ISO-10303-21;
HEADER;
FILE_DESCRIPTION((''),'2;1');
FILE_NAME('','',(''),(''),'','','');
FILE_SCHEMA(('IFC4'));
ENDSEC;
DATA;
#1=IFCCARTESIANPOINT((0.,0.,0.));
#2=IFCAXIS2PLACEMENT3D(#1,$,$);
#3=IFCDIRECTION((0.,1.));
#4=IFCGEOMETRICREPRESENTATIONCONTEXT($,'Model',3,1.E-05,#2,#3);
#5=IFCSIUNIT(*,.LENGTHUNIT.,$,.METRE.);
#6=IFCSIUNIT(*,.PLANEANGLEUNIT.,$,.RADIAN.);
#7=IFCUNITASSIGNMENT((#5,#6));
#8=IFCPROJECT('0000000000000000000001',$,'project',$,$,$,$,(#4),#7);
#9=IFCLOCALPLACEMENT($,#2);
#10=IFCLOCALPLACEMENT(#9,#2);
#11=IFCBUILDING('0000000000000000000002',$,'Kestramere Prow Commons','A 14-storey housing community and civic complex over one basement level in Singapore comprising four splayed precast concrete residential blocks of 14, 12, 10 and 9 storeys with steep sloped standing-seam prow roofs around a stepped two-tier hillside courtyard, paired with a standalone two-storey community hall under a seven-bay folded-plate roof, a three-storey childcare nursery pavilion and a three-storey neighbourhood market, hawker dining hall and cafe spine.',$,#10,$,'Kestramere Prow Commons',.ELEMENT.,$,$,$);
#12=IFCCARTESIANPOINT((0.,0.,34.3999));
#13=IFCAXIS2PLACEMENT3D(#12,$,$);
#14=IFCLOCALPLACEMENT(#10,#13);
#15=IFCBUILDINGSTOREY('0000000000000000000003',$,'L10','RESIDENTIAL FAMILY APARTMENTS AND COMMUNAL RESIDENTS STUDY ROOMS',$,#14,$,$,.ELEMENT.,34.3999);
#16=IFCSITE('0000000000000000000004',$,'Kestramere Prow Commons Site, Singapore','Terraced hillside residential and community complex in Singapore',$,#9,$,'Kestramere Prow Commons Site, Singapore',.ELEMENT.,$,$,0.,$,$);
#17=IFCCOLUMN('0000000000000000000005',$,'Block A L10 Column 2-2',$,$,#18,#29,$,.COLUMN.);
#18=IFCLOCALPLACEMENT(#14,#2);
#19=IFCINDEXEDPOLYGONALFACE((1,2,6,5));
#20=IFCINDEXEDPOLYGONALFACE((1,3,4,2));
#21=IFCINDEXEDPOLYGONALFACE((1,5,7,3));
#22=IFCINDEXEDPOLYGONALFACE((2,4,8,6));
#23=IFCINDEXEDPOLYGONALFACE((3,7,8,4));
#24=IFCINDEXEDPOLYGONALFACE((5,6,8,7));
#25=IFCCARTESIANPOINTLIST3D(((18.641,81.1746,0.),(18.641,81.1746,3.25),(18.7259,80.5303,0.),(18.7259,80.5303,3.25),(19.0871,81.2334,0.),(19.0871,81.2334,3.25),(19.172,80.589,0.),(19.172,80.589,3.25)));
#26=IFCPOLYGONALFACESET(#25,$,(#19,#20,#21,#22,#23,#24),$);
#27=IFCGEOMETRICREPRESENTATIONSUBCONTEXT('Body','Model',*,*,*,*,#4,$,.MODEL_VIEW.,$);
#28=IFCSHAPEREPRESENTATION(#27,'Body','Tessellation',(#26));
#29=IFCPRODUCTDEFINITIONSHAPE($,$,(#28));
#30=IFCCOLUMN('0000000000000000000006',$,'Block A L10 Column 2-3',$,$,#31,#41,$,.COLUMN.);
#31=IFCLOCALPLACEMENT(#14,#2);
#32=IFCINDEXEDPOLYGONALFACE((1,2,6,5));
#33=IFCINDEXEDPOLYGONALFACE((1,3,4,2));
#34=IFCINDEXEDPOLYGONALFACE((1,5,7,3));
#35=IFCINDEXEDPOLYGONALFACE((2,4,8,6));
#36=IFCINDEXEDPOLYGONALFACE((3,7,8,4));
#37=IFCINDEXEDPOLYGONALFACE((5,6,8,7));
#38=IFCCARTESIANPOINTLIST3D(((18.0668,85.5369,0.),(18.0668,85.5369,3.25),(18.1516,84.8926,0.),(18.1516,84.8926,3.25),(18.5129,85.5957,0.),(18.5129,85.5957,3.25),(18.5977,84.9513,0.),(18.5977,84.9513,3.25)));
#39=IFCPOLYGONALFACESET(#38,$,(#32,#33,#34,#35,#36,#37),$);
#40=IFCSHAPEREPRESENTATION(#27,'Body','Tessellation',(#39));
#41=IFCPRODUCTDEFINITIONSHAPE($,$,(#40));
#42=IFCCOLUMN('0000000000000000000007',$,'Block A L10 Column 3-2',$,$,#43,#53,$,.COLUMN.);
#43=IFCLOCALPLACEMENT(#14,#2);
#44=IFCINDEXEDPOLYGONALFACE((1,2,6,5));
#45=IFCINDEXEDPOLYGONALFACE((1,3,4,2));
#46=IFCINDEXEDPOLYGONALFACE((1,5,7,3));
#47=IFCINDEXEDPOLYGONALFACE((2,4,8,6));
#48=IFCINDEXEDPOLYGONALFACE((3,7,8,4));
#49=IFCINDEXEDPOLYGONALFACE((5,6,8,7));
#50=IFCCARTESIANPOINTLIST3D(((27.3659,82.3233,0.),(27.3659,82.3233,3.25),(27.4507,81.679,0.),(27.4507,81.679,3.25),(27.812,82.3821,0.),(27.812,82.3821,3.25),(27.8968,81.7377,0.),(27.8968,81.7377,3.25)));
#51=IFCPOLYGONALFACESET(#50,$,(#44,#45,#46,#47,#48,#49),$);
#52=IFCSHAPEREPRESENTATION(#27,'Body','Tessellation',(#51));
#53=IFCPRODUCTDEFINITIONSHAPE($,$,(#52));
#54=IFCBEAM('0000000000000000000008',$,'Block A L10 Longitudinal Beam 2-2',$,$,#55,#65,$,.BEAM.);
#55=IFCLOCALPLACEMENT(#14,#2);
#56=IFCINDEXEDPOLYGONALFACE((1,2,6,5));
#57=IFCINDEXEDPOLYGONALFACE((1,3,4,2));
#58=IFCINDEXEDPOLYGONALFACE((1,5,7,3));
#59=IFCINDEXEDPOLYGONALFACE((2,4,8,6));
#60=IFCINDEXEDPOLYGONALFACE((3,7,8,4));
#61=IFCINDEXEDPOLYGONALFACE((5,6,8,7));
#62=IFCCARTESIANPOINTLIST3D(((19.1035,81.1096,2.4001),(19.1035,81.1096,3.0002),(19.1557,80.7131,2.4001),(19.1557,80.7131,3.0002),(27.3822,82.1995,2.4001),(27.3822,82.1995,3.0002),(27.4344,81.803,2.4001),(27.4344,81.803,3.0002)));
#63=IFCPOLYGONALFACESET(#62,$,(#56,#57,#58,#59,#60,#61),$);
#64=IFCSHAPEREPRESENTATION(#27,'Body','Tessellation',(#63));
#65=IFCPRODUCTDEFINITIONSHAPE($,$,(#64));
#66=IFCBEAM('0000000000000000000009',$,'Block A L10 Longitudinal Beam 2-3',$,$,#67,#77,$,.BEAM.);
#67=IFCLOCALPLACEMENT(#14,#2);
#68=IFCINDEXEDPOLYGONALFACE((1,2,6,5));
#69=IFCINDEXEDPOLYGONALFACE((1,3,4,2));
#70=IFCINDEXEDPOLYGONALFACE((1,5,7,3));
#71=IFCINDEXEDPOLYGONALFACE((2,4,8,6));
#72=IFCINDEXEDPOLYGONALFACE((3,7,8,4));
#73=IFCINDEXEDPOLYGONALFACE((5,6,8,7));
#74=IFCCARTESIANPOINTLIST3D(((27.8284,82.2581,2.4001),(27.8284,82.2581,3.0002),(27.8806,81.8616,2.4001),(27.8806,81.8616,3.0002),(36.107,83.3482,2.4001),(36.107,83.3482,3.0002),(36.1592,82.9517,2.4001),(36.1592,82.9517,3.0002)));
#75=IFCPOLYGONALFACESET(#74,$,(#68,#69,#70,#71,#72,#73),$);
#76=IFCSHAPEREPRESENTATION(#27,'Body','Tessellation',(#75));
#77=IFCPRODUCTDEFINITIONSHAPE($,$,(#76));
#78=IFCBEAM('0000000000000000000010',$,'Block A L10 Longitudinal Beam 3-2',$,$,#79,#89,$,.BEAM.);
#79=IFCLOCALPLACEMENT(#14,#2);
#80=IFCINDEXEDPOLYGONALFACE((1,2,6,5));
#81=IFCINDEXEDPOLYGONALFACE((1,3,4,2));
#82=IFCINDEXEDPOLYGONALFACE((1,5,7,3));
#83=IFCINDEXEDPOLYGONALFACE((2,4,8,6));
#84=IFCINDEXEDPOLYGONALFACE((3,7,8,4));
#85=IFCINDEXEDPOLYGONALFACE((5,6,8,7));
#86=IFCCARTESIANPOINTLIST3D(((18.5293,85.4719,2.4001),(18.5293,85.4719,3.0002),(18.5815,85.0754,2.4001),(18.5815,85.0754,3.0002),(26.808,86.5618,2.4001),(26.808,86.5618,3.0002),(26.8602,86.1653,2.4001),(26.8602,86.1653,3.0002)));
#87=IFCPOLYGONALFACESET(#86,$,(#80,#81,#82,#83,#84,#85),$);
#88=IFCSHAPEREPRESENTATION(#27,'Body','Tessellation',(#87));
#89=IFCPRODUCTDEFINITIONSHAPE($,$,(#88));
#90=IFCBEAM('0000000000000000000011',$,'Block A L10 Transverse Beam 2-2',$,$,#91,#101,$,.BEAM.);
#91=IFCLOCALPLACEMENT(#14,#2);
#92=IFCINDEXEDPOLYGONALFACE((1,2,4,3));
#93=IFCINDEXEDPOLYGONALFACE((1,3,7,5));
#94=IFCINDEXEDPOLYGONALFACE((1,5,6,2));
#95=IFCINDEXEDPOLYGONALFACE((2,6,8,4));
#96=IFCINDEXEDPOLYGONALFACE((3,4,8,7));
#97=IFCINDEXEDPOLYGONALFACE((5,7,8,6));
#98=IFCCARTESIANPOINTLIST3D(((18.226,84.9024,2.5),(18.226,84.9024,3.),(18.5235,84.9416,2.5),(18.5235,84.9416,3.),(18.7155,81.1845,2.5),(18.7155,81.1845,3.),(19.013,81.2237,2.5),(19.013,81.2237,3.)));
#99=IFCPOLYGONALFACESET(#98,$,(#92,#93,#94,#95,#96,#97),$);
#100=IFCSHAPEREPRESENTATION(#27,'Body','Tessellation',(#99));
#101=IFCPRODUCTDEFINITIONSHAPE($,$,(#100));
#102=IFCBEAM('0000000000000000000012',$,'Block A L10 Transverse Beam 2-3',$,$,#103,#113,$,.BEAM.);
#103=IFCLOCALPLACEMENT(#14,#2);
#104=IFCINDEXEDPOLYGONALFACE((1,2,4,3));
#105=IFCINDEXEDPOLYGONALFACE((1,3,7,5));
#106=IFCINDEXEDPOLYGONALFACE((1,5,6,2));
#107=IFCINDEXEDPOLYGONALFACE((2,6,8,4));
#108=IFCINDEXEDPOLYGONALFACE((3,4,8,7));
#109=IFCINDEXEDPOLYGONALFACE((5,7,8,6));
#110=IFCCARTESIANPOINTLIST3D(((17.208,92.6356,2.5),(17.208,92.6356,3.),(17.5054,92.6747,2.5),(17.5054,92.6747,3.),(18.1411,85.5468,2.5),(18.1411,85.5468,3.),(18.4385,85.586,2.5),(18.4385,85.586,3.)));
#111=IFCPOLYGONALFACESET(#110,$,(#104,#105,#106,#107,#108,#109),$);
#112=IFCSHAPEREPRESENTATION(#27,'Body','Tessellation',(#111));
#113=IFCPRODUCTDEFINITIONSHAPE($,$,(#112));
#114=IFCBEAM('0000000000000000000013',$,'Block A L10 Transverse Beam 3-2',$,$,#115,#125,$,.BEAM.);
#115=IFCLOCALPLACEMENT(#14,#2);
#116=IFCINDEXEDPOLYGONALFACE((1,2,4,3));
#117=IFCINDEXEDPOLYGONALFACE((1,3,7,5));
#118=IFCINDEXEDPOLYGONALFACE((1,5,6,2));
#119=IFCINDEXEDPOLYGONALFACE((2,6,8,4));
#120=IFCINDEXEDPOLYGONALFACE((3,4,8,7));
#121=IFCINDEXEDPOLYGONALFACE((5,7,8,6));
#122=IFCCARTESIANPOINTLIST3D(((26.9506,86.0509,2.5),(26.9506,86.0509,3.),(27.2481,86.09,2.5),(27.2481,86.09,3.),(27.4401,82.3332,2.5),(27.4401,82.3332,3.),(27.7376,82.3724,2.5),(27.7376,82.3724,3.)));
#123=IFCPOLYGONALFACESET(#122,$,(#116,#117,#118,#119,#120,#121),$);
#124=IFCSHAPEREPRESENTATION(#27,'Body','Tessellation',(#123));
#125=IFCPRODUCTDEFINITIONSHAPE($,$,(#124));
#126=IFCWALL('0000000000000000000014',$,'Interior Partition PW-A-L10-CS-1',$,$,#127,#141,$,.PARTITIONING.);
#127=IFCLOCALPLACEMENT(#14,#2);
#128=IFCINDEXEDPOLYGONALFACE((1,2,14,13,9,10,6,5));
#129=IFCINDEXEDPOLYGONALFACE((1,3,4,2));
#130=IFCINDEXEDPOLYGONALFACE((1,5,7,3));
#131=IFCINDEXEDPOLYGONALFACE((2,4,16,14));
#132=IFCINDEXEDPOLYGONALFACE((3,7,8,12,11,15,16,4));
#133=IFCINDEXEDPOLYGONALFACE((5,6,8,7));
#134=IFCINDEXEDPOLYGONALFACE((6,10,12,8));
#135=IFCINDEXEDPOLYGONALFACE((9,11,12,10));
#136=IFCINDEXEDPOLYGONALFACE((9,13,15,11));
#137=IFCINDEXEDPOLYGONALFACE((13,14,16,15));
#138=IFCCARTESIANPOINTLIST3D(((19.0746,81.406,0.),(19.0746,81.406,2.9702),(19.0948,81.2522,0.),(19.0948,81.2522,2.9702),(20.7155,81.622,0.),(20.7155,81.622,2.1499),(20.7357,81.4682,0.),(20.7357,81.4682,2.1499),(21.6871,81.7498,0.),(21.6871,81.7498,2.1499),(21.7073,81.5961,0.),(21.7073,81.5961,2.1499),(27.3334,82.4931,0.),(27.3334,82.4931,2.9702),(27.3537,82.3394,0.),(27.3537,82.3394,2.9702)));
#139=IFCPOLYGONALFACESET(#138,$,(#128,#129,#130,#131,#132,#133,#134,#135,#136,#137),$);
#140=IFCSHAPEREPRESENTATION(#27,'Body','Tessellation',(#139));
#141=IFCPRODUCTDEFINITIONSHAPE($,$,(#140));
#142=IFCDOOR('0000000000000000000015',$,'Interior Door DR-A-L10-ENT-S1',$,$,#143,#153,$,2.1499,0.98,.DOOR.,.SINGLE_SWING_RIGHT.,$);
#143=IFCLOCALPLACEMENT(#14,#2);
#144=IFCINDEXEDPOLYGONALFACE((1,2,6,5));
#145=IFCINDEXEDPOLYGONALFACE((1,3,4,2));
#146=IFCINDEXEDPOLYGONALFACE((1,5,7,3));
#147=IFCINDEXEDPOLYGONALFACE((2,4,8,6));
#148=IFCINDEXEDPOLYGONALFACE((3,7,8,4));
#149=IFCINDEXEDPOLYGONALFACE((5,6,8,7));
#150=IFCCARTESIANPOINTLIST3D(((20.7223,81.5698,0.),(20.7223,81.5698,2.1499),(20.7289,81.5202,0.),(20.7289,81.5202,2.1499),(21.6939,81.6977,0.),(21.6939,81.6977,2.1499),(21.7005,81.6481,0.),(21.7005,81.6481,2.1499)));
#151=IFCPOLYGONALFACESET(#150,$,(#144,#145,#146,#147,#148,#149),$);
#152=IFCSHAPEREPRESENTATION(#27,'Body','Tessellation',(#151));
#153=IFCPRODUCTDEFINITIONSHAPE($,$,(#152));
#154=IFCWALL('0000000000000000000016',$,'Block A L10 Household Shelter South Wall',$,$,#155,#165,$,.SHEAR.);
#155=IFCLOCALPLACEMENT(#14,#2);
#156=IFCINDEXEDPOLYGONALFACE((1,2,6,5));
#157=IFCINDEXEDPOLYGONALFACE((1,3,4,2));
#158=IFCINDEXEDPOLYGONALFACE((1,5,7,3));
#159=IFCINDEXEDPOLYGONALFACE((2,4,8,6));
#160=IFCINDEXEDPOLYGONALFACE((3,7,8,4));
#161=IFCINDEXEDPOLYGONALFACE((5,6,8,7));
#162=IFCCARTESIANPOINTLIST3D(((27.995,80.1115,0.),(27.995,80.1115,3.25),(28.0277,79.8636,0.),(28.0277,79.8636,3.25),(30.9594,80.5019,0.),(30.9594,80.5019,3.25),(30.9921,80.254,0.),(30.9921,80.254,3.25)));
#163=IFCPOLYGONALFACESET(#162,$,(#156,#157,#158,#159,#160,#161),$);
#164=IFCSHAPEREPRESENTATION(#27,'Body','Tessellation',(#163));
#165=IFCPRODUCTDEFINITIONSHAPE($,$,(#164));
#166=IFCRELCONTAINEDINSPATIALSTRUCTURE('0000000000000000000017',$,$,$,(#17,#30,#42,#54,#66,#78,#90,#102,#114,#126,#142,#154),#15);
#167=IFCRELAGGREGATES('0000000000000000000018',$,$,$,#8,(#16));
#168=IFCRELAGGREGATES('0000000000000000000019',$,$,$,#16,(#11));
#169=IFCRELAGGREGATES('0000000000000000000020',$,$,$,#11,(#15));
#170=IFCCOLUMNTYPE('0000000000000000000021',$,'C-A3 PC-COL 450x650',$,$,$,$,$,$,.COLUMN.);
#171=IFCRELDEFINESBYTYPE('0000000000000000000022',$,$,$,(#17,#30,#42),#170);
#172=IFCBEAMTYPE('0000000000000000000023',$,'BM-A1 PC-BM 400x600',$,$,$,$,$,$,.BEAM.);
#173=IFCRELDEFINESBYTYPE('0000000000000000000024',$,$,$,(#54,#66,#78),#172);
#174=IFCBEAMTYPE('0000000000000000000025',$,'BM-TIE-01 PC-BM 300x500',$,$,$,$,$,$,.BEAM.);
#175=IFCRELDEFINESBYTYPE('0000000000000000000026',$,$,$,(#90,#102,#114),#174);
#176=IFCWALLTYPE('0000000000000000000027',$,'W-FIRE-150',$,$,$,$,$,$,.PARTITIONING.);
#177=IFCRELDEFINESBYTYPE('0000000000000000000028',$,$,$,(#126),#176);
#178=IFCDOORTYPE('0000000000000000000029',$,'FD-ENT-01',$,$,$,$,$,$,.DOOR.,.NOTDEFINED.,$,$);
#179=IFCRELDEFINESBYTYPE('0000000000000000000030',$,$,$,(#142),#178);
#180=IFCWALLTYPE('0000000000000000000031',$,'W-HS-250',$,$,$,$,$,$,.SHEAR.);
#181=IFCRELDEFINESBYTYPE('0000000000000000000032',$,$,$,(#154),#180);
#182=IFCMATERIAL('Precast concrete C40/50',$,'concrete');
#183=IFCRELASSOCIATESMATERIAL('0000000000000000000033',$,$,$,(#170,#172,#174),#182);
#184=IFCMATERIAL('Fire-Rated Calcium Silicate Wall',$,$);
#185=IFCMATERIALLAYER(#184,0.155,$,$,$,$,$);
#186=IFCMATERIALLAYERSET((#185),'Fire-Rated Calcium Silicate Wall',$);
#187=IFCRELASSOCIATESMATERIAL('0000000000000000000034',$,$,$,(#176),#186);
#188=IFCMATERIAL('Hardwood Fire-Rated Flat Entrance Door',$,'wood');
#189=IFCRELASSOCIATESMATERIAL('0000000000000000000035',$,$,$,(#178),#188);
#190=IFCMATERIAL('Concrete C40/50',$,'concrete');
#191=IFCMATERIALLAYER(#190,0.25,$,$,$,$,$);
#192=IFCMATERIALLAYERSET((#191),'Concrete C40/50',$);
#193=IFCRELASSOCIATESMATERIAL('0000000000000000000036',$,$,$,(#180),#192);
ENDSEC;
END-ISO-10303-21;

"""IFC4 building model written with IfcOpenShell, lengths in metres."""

from ifc_helpers import new_model, si_unit, direction, frame, frame_2d, origin, origin_2d, place, context, subcontext, project, spatial, rectangle, extrude, material, layer, layer_set, material_profile, profile_set, type_object, element, fill, save


model = new_model("IFC4")

# Units and contexts
model_context = context("Model", 3, precision=1e-05, world=origin(), true_north=direction((0.0, 1.0)))
body_context = subcontext(model_context, "Body", "Model", "MODEL_VIEW")
ifc_project = project(units=[si_unit("LENGTHUNIT", "METRE"), si_unit("PLANEANGLEUNIT", "RADIAN")], contexts=[model_context])

# Site, building, storey
site_placement = place(None, origin())
site = spatial("IfcSite", under=ifc_project, at=site_placement, Name="Kestramere Prow Commons Site, Singapore", Description="Terraced hillside residential and community complex in Singapore", LongName="Kestramere Prow Commons Site, Singapore", CompositionType="ELEMENT", RefElevation=0.0)
building_placement = place(site_placement, origin())
building = spatial("IfcBuilding", under=site, at=building_placement, Name="Kestramere Prow Commons", Description="A 14-storey housing community and civic complex over one basement level in Singapore comprising four splayed precast concrete residential blocks of 14, 12, 10 and 9 storeys with steep sloped standing-seam prow roofs around a stepped two-tier hillside courtyard, paired with a standalone two-storey community hall under a seven-bay folded-plate roof, a three-storey childcare nursery pavilion and a three-storey neighbourhood market, hawker dining hall and cafe spine.", LongName="Kestramere Prow Commons", CompositionType="ELEMENT")
storey_placement = place(building_placement, frame((0.0, 0.0, 34.3999)))
storey = spatial("IfcBuildingStorey", under=building, at=storey_placement, Name="L10", Description="RESIDENTIAL FAMILY APARTMENTS AND COMMUNAL RESIDENTS STUDY ROOMS", CompositionType="ELEMENT", Elevation=34.3999)

# Columns
ifc_material_1 = material(Name="Precast concrete C40/50", Category="concrete")
ifc_material_profile_1 = material_profile(ifc_material_1, rectangle(XDim=0.45, YDim=0.6499, at=origin_2d()), Name="PC-COL 450x650")
ifc_profile_set_1 = profile_set([ifc_material_profile_1], Name="Precast concrete C40/50")
column_type = type_object("IfcColumnType", Name="C-A3 PC-COL 450x650", PredefinedType="COLUMN", material=ifc_profile_set_1)
for number, where, z_axis, x_axis, name in (
    (1, (18.9065, 80.8818, 0.0), (0.0, 0.0, 1.0), (0.991445, 0.130526, 0.0), "Block A L10 Column 2-2"),
    (2, (18.3323, 85.2441, 0.0), (0.0, 0.0, 1.0), (0.991445, 0.130526, 0.0), "Block A L10 Column 2-3"),
    (3, (27.6313, 82.0305, 0.0), (0.0, 0.0, 1.0), (0.991445, 0.130526, 0.0), "Block A L10 Column 3-2"),
):
    element("IfcColumn", number, at=place(storey_placement, frame(where, z_axis=z_axis, x_axis=x_axis)), inside=storey, type_object=column_type, Name=name, PredefinedType="COLUMN", context=body_context, shape_type="SweptSolid", body=[
        extrude(rectangle(XDim=0.45, YDim=0.6499, at=origin_2d()), origin(), (0.0, 0.0, 1.0), 3.25),
    ])

# Beams
ifc_material_profile_2 = material_profile(ifc_material_1, rectangle(XDim=0.3999, YDim=0.6001, at=origin_2d()), Name="PC-BM 400x600")
ifc_profile_set_2 = profile_set([ifc_material_profile_2], Name="Precast concrete C40/50")
beam_type_1 = type_object("IfcBeamType", Name="BM-A1 PC-BM 400x600", PredefinedType="BEAM", material=ifc_profile_set_2)
for number, where, z_axis, x_axis, name in (
    (4, (19.1296, 80.9114, 2.7002), (0.991446, 0.13052, 0.0), (-0.13052, 0.991446, 0.0), "Block A L10 Longitudinal Beam 2-2"),
    (5, (27.8545, 82.0598, 2.7002), (0.991442, 0.130549, 0.0), (-0.130549, 0.991442, 0.0), "Block A L10 Longitudinal Beam 2-3"),
    (6, (18.5554, 85.2737, 2.7002), (0.991446, 0.13052, 0.0), (-0.13052, 0.991446, 0.0), "Block A L10 Longitudinal Beam 3-2"),
):
    element("IfcBeam", number, at=place(storey_placement, frame(where, z_axis=z_axis, x_axis=x_axis)), inside=storey, type_object=beam_type_1, Name=name, PredefinedType="BEAM", context=body_context, shape_type="SweptSolid", body=[
        extrude(rectangle(XDim=0.3999, YDim=0.6001, at=origin_2d()), origin(), (0.0, 0.0, 1.0), 8.3501),
    ])
ifc_material_profile_3 = material_profile(ifc_material_1, rectangle(XDim=0.3, YDim=0.5, at=origin_2d()), Name="PC-BM 300x500")
ifc_profile_set_3 = profile_set([ifc_material_profile_3], Name="Precast concrete C40/50")
beam_type_2 = type_object("IfcBeamType", Name="BM-TIE-01 PC-BM 300x500", PredefinedType="BEAM", material=ifc_profile_set_3)
beam_1_placement = place(storey_placement, frame((18.8643, 81.2041, 2.75), z_axis=(-0.13053, 0.991444, 0.0), x_axis=(-0.991444, -0.13053, 0.0)))
element("IfcBeam", 7, at=beam_1_placement, inside=storey, type_object=beam_type_2, Name="Block A L10 Transverse Beam 2-2", PredefinedType="BEAM", context=body_context, shape_type="SweptSolid", body=[
    extrude(rectangle(XDim=0.3, YDim=0.5, at=origin_2d()), origin(), (0.0, 0.0, 1.0), 3.75),
])
beam_2_placement = place(storey_placement, frame((18.2898, 85.5664, 2.75), z_axis=(-0.130504, 0.991448, 0.0), x_axis=(-0.991448, -0.130504, 0.0)))
element("IfcBeam", 8, at=beam_2_placement, inside=storey, type_object=beam_type_2, Name="Block A L10 Transverse Beam 2-3", PredefinedType="BEAM", context=body_context, shape_type="SweptSolid", body=[
    extrude(rectangle(XDim=0.3, YDim=0.5, at=origin_2d()), origin(), (0.0, 0.0, 1.0), 7.1499),
])
beam_3_placement = place(storey_placement, frame((27.5889, 82.3528, 2.75), z_axis=(-0.130539, 0.991443, 0.0), x_axis=(-0.991443, -0.130539, 0.0)))
element("IfcBeam", 9, at=beam_3_placement, inside=storey, type_object=beam_type_2, Name="Block A L10 Transverse Beam 3-2", PredefinedType="BEAM", context=body_context, shape_type="SweptSolid", body=[
    extrude(rectangle(XDim=0.3, YDim=0.5, at=origin_2d()), origin(), (0.0, 0.0, 1.0), 3.7498),
])

# Wall, opening, door
ifc_material_2 = material(Name="Fire-Rated Calcium Silicate Wall")
ifc_layer_1 = layer(ifc_material_2, 0.155)
ifc_layer_set_1 = layer_set([ifc_layer_1], Name="Fire-Rated Calcium Silicate Wall")
wall_type_1 = type_object("IfcWallType", Name="W-FIRE-150", PredefinedType="PARTITIONING", material=ifc_layer_set_1)
wall_1_placement = place(storey_placement, frame((19.0847, 81.3291, 0.0), z_axis=(0.0, 0.0, 1.0), x_axis=(0.991447, 0.130511, 0.0)))
wall_1 = element("IfcWall", 10, at=wall_1_placement, inside=storey, type_object=wall_type_1, Name="Interior Partition PW-A-L10-CS-1", PredefinedType="PARTITIONING", context=body_context, shape_type="SweptSolid", body=[
    extrude(rectangle(XDim=8.3301, YDim=0.155, at=frame_2d((4.165, 0.0))), origin(), (0.0, 0.0, 1.0), 2.9702),
])
opening_1_placement = place(wall_1_placement, frame((1.655, 0.0, 0.0)))
opening_1 = element("IfcOpeningElement", 11, at=opening_1_placement, cuts=wall_1, PredefinedType="OPENING", context=body_context, shape_type="SweptSolid", body=[
    extrude(rectangle(XDim=0.98, YDim=2.1499, at=frame_2d((0.49, 1.075))), frame((0.0, 0.0925, 0.0), z_axis=(0.0, -1.0, 0.0), x_axis=(1.0, 0.0, 0.0)), (0.0, 0.0, 1.0), 0.1851),
])
ifc_material_3 = material(Name="Hardwood Fire-Rated Flat Entrance Door", Category="wood")
door_type_1 = type_object("IfcDoorType", Name="FD-ENT-01", OperationType="NOTDEFINED", PredefinedType="DOOR", material=ifc_material_3)
door_1_placement = place(opening_1_placement, origin())
door_1 = element("IfcDoor", 12, at=door_1_placement, inside=storey, type_object=door_type_1, Name="Interior Door DR-A-L10-ENT-S1", OperationType="SINGLE_SWING_RIGHT", OverallHeight=2.1499, OverallWidth=0.98, PredefinedType="DOOR", context=body_context, shape_type="SweptSolid", body=[
    extrude(rectangle(XDim=0.98, YDim=2.1499, at=frame_2d((0.49, 1.075))), frame((0.0, 0.0249, 0.0), z_axis=(0.0, -1.0, 0.0), x_axis=(1.0, 0.0, 0.0)), (0.0, 0.0, 1.0), 0.05),
])
fill(opening_1, door_1)

# Wall
ifc_material_4 = material(Name="Concrete C40/50", Category="concrete")
ifc_layer_2 = layer(ifc_material_4, 0.25)
ifc_layer_set_2 = layer_set([ifc_layer_2], Name="Concrete C40/50")
wall_type_2 = type_object("IfcWallType", Name="W-HS-250", PredefinedType="SHEAR", material=ifc_layer_set_2)
wall_2_placement = place(storey_placement, frame((28.0112, 79.9875, 0.0), z_axis=(0.0, 0.0, 1.0), x_axis=(0.99144, 0.130564, 0.0)))
element("IfcWall", 13, at=wall_2_placement, inside=storey, type_object=wall_type_2, Name="Block A L10 Household Shelter South Wall", PredefinedType="SHEAR", context=body_context, shape_type="SweptSolid", body=[
    extrude(rectangle(XDim=2.99, YDim=0.25, at=frame_2d((1.4951, 0.0))), origin(), (0.0, 0.0, 1.0), 3.25),
])

save(model, "model.ifc")
